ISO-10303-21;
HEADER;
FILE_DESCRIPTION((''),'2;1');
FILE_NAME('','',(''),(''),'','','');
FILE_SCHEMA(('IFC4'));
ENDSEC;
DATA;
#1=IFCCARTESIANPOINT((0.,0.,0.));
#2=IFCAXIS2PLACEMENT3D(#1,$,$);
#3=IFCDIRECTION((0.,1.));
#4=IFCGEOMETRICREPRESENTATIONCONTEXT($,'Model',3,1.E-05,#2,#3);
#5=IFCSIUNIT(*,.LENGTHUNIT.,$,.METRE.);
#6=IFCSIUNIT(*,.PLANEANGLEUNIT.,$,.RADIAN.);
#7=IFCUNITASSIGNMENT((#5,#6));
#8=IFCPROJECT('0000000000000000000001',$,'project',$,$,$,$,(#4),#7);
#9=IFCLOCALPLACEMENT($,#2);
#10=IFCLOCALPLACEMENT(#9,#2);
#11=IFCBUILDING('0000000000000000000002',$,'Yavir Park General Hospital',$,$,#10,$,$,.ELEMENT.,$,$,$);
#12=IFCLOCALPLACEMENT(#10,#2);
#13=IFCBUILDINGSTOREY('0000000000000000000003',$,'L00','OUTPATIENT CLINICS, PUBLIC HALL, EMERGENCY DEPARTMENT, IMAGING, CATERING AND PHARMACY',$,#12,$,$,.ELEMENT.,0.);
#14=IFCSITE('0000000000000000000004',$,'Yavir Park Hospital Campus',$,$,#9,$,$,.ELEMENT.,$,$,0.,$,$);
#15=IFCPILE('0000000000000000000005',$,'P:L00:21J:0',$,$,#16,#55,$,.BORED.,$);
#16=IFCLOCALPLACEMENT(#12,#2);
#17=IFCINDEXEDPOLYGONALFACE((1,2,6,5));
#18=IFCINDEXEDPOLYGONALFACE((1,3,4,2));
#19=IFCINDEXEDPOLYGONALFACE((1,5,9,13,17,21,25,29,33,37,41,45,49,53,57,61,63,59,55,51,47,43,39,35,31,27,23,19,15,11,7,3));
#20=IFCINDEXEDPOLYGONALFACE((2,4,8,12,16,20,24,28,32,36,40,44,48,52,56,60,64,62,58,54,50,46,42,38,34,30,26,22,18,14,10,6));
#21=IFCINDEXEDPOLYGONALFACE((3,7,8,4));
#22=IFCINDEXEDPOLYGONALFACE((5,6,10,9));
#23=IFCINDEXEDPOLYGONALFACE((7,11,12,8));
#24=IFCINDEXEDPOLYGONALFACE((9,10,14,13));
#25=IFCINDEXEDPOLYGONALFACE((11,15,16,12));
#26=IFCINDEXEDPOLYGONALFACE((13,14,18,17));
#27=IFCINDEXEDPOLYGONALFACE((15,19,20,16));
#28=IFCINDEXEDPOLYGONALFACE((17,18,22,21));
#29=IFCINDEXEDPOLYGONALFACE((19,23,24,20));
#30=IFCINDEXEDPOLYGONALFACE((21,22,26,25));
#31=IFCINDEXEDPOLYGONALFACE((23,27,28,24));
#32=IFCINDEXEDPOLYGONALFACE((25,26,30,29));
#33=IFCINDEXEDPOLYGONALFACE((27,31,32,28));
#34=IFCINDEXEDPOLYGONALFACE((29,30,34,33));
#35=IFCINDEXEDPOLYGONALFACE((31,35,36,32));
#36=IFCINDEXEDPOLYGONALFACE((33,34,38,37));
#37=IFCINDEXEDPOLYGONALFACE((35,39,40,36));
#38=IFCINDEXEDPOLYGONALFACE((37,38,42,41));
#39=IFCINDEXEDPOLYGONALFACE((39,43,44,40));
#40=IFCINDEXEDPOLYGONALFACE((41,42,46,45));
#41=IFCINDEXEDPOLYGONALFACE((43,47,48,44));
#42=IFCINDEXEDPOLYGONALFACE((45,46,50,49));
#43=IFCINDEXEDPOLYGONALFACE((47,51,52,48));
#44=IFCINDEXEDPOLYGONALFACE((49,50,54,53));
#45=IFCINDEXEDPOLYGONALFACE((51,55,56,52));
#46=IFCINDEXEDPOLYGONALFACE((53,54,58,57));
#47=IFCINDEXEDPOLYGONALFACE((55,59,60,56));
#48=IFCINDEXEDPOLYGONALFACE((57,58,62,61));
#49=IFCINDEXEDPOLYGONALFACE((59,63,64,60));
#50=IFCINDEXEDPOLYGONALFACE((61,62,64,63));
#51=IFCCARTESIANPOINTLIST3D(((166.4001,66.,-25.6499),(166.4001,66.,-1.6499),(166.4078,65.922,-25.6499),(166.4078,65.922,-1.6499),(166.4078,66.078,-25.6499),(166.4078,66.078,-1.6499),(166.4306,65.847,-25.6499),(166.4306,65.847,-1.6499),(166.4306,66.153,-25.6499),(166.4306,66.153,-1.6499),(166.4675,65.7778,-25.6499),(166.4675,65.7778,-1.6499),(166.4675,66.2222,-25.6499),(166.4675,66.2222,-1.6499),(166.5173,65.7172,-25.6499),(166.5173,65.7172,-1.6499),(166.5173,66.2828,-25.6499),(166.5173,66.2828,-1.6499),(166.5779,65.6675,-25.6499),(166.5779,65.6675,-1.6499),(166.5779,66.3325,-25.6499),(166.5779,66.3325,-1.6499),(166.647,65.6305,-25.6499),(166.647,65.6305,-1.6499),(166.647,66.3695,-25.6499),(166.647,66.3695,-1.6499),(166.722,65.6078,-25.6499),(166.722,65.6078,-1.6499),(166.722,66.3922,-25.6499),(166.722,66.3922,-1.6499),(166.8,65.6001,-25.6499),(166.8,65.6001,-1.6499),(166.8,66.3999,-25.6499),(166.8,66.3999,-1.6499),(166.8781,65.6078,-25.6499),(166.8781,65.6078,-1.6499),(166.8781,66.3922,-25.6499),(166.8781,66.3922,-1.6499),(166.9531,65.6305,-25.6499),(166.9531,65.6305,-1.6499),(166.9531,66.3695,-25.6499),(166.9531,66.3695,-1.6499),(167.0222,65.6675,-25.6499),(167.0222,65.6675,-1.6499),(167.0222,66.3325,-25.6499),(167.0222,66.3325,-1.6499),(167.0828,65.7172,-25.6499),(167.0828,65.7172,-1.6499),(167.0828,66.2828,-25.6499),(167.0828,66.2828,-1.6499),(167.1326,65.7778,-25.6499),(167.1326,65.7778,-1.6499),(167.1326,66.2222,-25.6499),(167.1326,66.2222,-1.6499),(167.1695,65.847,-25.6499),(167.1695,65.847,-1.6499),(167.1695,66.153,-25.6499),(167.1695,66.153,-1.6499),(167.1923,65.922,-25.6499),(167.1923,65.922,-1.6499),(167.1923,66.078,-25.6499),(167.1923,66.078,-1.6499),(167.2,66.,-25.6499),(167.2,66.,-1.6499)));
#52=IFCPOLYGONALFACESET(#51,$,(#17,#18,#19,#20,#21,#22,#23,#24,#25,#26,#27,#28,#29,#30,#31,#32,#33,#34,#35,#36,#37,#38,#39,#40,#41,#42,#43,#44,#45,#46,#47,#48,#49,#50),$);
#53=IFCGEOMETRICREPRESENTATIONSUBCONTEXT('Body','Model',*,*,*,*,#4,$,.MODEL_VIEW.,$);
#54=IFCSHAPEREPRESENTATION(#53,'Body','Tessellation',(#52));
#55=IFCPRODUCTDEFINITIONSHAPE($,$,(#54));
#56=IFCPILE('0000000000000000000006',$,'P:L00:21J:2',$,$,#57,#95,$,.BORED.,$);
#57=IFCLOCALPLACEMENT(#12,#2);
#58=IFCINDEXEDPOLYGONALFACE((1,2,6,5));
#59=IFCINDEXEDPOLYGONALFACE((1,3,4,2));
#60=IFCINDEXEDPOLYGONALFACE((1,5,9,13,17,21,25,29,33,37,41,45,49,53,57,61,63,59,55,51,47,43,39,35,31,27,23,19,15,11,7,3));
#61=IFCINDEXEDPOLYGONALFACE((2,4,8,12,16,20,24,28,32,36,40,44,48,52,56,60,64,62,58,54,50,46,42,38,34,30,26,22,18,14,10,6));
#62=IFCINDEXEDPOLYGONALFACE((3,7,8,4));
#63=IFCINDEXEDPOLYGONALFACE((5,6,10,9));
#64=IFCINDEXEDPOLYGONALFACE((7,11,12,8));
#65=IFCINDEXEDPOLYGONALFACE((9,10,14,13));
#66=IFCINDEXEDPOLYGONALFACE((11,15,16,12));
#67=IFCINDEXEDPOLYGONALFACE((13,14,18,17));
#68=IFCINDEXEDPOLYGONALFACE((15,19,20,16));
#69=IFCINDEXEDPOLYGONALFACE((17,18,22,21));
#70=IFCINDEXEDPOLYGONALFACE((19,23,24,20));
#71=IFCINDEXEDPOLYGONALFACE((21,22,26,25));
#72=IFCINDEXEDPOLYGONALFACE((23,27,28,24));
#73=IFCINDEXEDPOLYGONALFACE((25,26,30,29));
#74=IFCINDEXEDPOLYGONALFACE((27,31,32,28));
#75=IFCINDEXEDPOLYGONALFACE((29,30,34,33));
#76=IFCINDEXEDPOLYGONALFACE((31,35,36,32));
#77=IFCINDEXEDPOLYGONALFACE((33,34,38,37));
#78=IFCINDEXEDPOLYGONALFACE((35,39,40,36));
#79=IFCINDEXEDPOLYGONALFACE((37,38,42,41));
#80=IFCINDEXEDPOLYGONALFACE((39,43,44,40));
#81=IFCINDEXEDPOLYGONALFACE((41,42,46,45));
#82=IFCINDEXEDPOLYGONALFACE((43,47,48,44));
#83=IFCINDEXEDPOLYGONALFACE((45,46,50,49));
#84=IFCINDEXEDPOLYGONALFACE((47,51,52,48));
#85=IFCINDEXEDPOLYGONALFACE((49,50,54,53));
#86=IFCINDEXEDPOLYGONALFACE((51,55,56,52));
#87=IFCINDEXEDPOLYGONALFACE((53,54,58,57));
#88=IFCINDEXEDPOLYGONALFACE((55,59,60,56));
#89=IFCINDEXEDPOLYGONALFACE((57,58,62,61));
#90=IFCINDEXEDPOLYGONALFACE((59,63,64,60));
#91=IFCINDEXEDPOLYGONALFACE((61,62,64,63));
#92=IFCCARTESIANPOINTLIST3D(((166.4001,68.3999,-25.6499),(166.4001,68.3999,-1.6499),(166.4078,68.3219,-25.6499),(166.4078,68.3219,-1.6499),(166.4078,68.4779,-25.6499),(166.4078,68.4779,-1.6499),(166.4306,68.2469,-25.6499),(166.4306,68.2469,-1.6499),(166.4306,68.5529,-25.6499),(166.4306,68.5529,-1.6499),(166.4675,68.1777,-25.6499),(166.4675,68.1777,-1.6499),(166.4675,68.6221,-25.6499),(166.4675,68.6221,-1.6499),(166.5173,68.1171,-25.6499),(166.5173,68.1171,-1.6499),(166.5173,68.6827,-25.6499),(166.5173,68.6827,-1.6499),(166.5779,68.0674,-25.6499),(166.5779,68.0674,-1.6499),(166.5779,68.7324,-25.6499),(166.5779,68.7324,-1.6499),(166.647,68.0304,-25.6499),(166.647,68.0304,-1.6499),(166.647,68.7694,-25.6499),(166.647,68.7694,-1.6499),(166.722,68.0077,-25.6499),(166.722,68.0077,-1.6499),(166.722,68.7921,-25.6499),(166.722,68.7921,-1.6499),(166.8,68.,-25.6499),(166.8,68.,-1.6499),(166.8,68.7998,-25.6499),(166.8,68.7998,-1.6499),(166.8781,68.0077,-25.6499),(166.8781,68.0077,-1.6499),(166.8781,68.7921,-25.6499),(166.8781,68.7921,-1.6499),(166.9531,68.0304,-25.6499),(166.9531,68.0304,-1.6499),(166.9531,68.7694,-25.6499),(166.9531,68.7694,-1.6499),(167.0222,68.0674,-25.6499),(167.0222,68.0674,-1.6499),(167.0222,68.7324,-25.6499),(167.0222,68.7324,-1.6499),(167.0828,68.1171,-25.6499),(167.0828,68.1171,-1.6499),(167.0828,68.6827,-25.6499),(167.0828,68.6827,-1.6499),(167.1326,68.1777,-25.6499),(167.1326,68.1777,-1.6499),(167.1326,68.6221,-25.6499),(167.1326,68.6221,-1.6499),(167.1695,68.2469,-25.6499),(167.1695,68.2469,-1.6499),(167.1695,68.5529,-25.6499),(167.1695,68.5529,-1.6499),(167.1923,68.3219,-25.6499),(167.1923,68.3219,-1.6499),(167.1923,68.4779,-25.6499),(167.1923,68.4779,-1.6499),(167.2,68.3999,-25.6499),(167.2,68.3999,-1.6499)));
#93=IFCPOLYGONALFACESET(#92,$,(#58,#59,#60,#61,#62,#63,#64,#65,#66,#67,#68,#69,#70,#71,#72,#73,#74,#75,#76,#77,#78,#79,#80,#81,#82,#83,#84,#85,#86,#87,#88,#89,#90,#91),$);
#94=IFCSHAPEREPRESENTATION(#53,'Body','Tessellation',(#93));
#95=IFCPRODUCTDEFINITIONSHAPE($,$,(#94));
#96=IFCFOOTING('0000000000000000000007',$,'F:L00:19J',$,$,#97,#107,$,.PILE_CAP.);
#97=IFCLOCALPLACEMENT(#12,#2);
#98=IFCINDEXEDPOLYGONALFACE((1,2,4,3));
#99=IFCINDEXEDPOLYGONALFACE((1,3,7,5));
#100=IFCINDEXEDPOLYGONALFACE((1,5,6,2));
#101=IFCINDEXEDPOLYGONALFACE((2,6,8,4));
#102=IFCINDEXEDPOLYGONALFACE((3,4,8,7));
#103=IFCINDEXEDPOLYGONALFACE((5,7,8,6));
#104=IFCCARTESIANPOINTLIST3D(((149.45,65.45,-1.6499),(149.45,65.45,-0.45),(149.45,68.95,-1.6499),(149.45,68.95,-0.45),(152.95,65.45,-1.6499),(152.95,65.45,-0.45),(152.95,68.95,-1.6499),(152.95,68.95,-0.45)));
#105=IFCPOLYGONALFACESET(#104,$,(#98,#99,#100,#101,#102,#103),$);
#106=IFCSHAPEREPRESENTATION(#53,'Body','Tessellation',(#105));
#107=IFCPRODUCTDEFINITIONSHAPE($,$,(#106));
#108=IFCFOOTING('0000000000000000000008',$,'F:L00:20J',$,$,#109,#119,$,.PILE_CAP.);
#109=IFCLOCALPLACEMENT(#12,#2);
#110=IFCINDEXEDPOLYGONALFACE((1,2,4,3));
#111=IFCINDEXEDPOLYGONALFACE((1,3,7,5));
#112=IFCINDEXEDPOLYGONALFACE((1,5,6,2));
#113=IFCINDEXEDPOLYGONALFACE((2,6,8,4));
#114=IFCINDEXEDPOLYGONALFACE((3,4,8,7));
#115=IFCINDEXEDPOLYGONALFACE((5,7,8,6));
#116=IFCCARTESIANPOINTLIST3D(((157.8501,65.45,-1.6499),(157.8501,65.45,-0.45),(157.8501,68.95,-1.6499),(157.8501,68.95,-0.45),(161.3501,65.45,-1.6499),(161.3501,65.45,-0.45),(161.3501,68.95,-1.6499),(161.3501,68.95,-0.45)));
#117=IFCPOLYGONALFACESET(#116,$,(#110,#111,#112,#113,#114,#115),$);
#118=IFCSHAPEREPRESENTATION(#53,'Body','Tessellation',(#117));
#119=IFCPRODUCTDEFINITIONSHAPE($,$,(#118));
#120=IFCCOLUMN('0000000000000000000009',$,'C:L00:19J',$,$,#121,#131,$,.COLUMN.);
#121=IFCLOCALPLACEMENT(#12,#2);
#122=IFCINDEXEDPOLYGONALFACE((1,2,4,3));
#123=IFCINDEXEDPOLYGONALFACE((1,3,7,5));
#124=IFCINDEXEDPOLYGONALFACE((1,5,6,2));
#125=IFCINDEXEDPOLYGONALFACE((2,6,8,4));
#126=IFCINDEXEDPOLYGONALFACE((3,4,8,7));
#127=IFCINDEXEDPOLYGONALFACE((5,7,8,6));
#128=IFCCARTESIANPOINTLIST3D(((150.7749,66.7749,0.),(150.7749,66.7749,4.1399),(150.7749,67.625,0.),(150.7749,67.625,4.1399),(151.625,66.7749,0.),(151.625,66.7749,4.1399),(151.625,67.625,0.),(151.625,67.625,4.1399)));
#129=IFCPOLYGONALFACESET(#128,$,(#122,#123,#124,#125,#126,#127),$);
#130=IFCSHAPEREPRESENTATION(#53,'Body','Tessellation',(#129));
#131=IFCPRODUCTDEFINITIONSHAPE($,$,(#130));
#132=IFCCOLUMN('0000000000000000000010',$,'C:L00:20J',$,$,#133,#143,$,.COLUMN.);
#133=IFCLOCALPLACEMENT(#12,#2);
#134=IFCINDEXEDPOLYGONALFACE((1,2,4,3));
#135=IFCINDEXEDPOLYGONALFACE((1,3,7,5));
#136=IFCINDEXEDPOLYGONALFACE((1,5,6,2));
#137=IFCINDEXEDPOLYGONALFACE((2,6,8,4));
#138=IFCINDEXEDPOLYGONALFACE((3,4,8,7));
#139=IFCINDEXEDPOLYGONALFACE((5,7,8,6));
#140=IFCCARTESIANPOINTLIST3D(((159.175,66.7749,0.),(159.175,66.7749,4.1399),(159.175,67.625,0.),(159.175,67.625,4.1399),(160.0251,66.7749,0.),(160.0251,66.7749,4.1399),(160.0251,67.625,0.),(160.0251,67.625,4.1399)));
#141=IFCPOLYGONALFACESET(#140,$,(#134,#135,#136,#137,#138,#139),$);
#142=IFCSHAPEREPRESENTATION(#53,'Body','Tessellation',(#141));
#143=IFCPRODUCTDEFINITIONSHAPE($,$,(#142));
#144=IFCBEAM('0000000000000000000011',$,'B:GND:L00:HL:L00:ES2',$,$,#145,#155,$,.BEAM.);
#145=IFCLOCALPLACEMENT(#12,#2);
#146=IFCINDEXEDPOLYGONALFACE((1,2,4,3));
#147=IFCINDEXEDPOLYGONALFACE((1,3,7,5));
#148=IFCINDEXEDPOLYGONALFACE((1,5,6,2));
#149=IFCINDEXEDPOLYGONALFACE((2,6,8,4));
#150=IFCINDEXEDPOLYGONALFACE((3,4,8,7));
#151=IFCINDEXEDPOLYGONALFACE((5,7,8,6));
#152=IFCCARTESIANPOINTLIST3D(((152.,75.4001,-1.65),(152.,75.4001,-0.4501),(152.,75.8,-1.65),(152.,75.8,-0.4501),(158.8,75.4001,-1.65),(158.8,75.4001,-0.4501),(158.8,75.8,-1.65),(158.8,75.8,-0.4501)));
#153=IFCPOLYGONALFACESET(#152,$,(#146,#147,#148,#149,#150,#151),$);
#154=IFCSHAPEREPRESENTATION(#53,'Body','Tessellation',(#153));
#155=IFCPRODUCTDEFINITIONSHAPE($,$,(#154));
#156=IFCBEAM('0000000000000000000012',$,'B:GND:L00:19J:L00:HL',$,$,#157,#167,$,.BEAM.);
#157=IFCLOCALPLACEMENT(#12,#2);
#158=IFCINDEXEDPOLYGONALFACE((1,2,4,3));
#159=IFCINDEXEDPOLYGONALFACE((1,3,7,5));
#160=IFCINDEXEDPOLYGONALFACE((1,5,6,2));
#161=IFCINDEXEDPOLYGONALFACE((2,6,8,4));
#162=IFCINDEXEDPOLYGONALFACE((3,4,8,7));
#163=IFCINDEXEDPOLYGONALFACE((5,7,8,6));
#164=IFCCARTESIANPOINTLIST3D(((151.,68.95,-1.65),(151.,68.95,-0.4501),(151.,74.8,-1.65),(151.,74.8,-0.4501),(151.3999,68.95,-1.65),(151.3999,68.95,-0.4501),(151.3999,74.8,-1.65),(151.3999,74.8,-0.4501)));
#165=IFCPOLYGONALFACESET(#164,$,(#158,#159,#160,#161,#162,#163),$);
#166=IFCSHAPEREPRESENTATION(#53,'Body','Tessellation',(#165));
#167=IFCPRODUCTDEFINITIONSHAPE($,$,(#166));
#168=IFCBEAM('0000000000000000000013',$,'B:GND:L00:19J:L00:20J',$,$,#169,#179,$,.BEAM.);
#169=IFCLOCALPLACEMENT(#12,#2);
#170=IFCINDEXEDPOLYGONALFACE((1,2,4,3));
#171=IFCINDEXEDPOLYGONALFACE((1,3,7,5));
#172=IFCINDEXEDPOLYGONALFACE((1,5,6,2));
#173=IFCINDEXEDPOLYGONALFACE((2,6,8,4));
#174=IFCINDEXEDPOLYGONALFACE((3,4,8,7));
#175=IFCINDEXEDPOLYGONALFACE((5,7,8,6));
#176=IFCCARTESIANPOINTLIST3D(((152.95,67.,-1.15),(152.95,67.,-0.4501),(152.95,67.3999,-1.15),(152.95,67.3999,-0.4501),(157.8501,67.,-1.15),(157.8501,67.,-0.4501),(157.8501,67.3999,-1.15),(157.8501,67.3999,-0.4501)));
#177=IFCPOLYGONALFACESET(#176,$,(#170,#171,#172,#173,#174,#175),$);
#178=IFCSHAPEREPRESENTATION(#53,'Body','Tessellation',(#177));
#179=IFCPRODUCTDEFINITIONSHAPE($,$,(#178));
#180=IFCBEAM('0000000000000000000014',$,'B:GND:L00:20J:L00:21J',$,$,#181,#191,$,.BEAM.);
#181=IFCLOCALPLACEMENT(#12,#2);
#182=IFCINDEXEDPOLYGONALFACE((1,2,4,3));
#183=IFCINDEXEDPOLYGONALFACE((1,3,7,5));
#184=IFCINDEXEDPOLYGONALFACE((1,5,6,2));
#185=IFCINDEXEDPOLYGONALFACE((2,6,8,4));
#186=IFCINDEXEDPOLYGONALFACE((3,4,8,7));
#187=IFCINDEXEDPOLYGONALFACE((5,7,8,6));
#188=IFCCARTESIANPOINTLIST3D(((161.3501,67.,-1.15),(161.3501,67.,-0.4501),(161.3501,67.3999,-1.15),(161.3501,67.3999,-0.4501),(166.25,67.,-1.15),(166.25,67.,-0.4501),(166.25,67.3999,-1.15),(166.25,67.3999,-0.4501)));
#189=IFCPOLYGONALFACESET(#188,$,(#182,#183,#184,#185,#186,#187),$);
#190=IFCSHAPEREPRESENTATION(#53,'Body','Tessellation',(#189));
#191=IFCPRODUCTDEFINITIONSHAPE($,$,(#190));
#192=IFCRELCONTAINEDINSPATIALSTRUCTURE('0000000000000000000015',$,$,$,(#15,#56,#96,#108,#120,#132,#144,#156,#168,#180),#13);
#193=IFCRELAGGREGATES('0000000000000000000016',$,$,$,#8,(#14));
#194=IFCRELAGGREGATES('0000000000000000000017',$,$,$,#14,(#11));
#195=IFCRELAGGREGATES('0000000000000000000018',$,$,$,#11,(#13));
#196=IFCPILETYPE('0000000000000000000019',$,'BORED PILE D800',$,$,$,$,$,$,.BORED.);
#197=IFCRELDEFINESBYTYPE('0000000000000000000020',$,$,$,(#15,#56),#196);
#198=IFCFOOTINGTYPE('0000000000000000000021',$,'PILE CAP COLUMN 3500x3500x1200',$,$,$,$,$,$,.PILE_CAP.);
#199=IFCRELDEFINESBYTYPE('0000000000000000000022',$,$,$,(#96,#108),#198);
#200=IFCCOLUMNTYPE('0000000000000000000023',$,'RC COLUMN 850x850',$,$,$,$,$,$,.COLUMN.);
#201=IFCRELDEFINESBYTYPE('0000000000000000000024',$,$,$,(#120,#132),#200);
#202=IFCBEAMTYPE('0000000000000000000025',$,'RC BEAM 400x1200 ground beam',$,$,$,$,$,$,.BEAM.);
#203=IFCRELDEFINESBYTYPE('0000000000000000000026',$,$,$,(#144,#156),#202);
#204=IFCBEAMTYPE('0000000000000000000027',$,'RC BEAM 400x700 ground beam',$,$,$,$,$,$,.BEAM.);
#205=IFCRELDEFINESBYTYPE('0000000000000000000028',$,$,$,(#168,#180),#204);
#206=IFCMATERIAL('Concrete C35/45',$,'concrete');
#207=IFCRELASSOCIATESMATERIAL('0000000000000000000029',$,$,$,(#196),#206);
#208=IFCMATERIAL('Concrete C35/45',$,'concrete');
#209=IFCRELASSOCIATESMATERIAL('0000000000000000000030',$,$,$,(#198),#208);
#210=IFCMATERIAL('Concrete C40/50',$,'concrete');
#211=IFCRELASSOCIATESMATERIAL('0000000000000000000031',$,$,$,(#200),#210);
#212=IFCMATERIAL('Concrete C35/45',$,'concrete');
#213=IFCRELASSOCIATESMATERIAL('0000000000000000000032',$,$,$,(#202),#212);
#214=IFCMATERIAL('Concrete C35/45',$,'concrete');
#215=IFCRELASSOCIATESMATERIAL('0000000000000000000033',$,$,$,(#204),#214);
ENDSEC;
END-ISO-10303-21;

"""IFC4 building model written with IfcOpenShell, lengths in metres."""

from ifc_helpers import new_model, si_unit, direction, frame, origin, origin_2d, place, context, subcontext, project, spatial, rectangle, circle, extrude, material, material_profile, profile_set, type_object, element, save


model = new_model("IFC4")

# Units and contexts
model_context = context("Model", 3, precision=1e-05, world=origin(), true_north=direction((0.0, 1.0)))
body_context = subcontext(model_context, "Body", "Model", "MODEL_VIEW")
ifc_project = project(units=[si_unit("LENGTHUNIT", "METRE"), si_unit("PLANEANGLEUNIT", "RADIAN")], contexts=[model_context])

# Site, building, storey
site_placement = place(None, origin())
site = spatial("IfcSite", under=ifc_project, at=site_placement, Name="Yavir Park Hospital Campus", CompositionType="ELEMENT", RefElevation=0.0)
building_placement = place(site_placement, origin())
building = spatial("IfcBuilding", under=site, at=building_placement, Name="Yavir Park General Hospital", CompositionType="ELEMENT")
storey_placement = place(building_placement, origin())
storey = spatial("IfcBuildingStorey", under=building, at=storey_placement, Name="L00", Description="OUTPATIENT CLINICS, PUBLIC HALL, EMERGENCY DEPARTMENT, IMAGING, CATERING AND PHARMACY", CompositionType="ELEMENT", Elevation=0.0)

# Piles
ifc_material_1 = material(Name="Concrete C35/45", Category="concrete")
ifc_material_profile_1 = material_profile(ifc_material_1, circle(Radius=0.3999, at=origin_2d()), Name="D800")
ifc_profile_set_1 = profile_set([ifc_material_profile_1], Name="Concrete C35/45")
pile_type_1 = type_object("IfcPileType", Name="BORED PILE D800", PredefinedType="BORED", material=ifc_profile_set_1)
for number, where, z_axis, x_axis, name in (
    (1, (166.8, 66.0, -1.6499), (0.0, 0.0, -1.0), (1.0, 0.0, 0.0), "P:L00:21J:0"),
    (2, (166.8, 68.3999, -1.6499), (0.0, 0.0, -1.0), (1.0, 0.0, 0.0), "P:L00:21J:2"),
):
    element("IfcPile", number, at=place(storey_placement, frame(where, z_axis=z_axis, x_axis=x_axis)), inside=storey, type_object=pile_type_1, Name=name, PredefinedType="BORED", context=body_context, shape_type="SweptSolid", body=[
        extrude(circle(Radius=0.3999, at=origin_2d()), origin(), (0.0, 0.0, 1.0), 24.0),
    ])

# Footings
ifc_material_2 = material(Name="Concrete C35/45", Category="concrete")
footing_type = type_object("IfcFootingType", Name="PILE CAP COLUMN 3500x3500x1200", PredefinedType="PILE_CAP", material=ifc_material_2)
for number, where, z_axis, x_axis, name in (
    (3, (151.2, 67.2, -1.6499), (0.0, 0.0, 1.0), (1.0, 0.0, 0.0), "F:L00:19J"),
    (4, (159.6001, 67.2, -1.6499), (0.0, 0.0, 1.0), (1.0, 0.0, 0.0), "F:L00:20J"),
):
    element("IfcFooting", number, at=place(storey_placement, frame(where, z_axis=z_axis, x_axis=x_axis)), inside=storey, type_object=footing_type, Name=name, PredefinedType="PILE_CAP", context=body_context, shape_type="SweptSolid", body=[
        extrude(rectangle(XDim=3.5, YDim=3.5, at=origin_2d()), origin(), (0.0, 0.0, 1.0), 1.2),
    ])

# Columns
ifc_material_3 = material(Name="Concrete C40/50", Category="concrete")
ifc_material_profile_2 = material_profile(ifc_material_3, rectangle(XDim=0.8501, YDim=0.8501, at=origin_2d()), Name="RC850x850")
ifc_profile_set_2 = profile_set([ifc_material_profile_2], Name="Concrete C40/50")
column_type = type_object("IfcColumnType", Name="RC COLUMN 850x850", PredefinedType="COLUMN", material=ifc_profile_set_2)
for number, where, z_axis, x_axis, name in (
    (5, (151.2, 67.2, 0.0), (0.0, 0.0, 1.0), (1.0, 0.0, 0.0), "C:L00:19J"),
    (6, (159.6001, 67.2, 0.0), (0.0, 0.0, 1.0), (1.0, 0.0, 0.0), "C:L00:20J"),
):
    element("IfcColumn", number, at=place(storey_placement, frame(where, z_axis=z_axis, x_axis=x_axis)), inside=storey, type_object=column_type, Name=name, PredefinedType="COLUMN", context=body_context, shape_type="SweptSolid", body=[
        extrude(rectangle(XDim=0.8501, YDim=0.8501, at=origin_2d()), origin(), (0.0, 0.0, 1.0), 4.1399),
    ])

# Beams
ifc_material_4 = material(Name="Concrete C35/45", Category="concrete")
ifc_material_profile_3 = material_profile(ifc_material_4, rectangle(XDim=0.3999, YDim=1.2, at=origin_2d()), Name="RC400x1200")
ifc_profile_set_3 = profile_set([ifc_material_profile_3], Name="Concrete C35/45")
beam_type_1 = type_object("IfcBeamType", Name="RC BEAM 400x1200 ground beam", PredefinedType="BEAM", material=ifc_profile_set_3)
beam_1_placement = place(storey_placement, frame((152.0, 75.6001, -1.05), z_axis=(1.0, 0.0, 0.0), x_axis=(0.0, 1.0, 0.0)))
element("IfcBeam", 7, at=beam_1_placement, inside=storey, type_object=beam_type_1, Name="B:GND:L00:HL:L00:ES2", PredefinedType="BEAM", context=body_context, shape_type="SweptSolid", body=[
    extrude(rectangle(XDim=0.3999, YDim=1.2, at=origin_2d()), origin(), (0.0, 0.0, 1.0), 6.8),
])
beam_2_placement = place(storey_placement, frame((151.2, 68.95, -1.05), z_axis=(0.0, 1.0, 0.0), x_axis=(-1.0, 0.0, 0.0)))
element("IfcBeam", 8, at=beam_2_placement, inside=storey, type_object=beam_type_1, Name="B:GND:L00:19J:L00:HL", PredefinedType="BEAM", context=body_context, shape_type="SweptSolid", body=[
    extrude(rectangle(XDim=0.3999, YDim=1.2, at=origin_2d()), origin(), (0.0, 0.0, 1.0), 5.8501),
])
ifc_material_5 = material(Name="Concrete C35/45", Category="concrete")
ifc_material_profile_4 = material_profile(ifc_material_5, rectangle(XDim=0.3999, YDim=0.7, at=origin_2d()), Name="RC400x700")
ifc_profile_set_4 = profile_set([ifc_material_profile_4], Name="Concrete C35/45")
beam_type_2 = type_object("IfcBeamType", Name="RC BEAM 400x700 ground beam", PredefinedType="BEAM", material=ifc_profile_set_4)
beam_3_placement = place(storey_placement, frame((152.95, 67.2, -0.8), z_axis=(1.0, 0.0, 0.0), x_axis=(0.0, 1.0, 0.0)))
element("IfcBeam", 9, at=beam_3_placement, inside=storey, type_object=beam_type_2, Name="B:GND:L00:19J:L00:20J", PredefinedType="BEAM", context=body_context, shape_type="SweptSolid", body=[
    extrude(rectangle(XDim=0.3999, YDim=0.7, at=origin_2d()), origin(), (0.0, 0.0, 1.0), 4.9001),
])
for number, where, z_axis, x_axis, name in (
    (10, (161.3501, 67.2, -0.8), (1.0, 0.0, 0.0), (0.0, 1.0, 0.0), "B:GND:L00:20J:L00:21J"),
):
    element("IfcBeam", number, at=place(storey_placement, frame(where, z_axis=z_axis, x_axis=x_axis)), inside=storey, type_object=beam_type_2, Name=name, PredefinedType="BEAM", context=body_context, shape_type="SweptSolid", body=[
        extrude(rectangle(XDim=0.3999, YDim=0.7, at=origin_2d()), origin(), (0.0, 0.0, 1.0), 4.8999),
    ])

save(model, "model.ifc")
